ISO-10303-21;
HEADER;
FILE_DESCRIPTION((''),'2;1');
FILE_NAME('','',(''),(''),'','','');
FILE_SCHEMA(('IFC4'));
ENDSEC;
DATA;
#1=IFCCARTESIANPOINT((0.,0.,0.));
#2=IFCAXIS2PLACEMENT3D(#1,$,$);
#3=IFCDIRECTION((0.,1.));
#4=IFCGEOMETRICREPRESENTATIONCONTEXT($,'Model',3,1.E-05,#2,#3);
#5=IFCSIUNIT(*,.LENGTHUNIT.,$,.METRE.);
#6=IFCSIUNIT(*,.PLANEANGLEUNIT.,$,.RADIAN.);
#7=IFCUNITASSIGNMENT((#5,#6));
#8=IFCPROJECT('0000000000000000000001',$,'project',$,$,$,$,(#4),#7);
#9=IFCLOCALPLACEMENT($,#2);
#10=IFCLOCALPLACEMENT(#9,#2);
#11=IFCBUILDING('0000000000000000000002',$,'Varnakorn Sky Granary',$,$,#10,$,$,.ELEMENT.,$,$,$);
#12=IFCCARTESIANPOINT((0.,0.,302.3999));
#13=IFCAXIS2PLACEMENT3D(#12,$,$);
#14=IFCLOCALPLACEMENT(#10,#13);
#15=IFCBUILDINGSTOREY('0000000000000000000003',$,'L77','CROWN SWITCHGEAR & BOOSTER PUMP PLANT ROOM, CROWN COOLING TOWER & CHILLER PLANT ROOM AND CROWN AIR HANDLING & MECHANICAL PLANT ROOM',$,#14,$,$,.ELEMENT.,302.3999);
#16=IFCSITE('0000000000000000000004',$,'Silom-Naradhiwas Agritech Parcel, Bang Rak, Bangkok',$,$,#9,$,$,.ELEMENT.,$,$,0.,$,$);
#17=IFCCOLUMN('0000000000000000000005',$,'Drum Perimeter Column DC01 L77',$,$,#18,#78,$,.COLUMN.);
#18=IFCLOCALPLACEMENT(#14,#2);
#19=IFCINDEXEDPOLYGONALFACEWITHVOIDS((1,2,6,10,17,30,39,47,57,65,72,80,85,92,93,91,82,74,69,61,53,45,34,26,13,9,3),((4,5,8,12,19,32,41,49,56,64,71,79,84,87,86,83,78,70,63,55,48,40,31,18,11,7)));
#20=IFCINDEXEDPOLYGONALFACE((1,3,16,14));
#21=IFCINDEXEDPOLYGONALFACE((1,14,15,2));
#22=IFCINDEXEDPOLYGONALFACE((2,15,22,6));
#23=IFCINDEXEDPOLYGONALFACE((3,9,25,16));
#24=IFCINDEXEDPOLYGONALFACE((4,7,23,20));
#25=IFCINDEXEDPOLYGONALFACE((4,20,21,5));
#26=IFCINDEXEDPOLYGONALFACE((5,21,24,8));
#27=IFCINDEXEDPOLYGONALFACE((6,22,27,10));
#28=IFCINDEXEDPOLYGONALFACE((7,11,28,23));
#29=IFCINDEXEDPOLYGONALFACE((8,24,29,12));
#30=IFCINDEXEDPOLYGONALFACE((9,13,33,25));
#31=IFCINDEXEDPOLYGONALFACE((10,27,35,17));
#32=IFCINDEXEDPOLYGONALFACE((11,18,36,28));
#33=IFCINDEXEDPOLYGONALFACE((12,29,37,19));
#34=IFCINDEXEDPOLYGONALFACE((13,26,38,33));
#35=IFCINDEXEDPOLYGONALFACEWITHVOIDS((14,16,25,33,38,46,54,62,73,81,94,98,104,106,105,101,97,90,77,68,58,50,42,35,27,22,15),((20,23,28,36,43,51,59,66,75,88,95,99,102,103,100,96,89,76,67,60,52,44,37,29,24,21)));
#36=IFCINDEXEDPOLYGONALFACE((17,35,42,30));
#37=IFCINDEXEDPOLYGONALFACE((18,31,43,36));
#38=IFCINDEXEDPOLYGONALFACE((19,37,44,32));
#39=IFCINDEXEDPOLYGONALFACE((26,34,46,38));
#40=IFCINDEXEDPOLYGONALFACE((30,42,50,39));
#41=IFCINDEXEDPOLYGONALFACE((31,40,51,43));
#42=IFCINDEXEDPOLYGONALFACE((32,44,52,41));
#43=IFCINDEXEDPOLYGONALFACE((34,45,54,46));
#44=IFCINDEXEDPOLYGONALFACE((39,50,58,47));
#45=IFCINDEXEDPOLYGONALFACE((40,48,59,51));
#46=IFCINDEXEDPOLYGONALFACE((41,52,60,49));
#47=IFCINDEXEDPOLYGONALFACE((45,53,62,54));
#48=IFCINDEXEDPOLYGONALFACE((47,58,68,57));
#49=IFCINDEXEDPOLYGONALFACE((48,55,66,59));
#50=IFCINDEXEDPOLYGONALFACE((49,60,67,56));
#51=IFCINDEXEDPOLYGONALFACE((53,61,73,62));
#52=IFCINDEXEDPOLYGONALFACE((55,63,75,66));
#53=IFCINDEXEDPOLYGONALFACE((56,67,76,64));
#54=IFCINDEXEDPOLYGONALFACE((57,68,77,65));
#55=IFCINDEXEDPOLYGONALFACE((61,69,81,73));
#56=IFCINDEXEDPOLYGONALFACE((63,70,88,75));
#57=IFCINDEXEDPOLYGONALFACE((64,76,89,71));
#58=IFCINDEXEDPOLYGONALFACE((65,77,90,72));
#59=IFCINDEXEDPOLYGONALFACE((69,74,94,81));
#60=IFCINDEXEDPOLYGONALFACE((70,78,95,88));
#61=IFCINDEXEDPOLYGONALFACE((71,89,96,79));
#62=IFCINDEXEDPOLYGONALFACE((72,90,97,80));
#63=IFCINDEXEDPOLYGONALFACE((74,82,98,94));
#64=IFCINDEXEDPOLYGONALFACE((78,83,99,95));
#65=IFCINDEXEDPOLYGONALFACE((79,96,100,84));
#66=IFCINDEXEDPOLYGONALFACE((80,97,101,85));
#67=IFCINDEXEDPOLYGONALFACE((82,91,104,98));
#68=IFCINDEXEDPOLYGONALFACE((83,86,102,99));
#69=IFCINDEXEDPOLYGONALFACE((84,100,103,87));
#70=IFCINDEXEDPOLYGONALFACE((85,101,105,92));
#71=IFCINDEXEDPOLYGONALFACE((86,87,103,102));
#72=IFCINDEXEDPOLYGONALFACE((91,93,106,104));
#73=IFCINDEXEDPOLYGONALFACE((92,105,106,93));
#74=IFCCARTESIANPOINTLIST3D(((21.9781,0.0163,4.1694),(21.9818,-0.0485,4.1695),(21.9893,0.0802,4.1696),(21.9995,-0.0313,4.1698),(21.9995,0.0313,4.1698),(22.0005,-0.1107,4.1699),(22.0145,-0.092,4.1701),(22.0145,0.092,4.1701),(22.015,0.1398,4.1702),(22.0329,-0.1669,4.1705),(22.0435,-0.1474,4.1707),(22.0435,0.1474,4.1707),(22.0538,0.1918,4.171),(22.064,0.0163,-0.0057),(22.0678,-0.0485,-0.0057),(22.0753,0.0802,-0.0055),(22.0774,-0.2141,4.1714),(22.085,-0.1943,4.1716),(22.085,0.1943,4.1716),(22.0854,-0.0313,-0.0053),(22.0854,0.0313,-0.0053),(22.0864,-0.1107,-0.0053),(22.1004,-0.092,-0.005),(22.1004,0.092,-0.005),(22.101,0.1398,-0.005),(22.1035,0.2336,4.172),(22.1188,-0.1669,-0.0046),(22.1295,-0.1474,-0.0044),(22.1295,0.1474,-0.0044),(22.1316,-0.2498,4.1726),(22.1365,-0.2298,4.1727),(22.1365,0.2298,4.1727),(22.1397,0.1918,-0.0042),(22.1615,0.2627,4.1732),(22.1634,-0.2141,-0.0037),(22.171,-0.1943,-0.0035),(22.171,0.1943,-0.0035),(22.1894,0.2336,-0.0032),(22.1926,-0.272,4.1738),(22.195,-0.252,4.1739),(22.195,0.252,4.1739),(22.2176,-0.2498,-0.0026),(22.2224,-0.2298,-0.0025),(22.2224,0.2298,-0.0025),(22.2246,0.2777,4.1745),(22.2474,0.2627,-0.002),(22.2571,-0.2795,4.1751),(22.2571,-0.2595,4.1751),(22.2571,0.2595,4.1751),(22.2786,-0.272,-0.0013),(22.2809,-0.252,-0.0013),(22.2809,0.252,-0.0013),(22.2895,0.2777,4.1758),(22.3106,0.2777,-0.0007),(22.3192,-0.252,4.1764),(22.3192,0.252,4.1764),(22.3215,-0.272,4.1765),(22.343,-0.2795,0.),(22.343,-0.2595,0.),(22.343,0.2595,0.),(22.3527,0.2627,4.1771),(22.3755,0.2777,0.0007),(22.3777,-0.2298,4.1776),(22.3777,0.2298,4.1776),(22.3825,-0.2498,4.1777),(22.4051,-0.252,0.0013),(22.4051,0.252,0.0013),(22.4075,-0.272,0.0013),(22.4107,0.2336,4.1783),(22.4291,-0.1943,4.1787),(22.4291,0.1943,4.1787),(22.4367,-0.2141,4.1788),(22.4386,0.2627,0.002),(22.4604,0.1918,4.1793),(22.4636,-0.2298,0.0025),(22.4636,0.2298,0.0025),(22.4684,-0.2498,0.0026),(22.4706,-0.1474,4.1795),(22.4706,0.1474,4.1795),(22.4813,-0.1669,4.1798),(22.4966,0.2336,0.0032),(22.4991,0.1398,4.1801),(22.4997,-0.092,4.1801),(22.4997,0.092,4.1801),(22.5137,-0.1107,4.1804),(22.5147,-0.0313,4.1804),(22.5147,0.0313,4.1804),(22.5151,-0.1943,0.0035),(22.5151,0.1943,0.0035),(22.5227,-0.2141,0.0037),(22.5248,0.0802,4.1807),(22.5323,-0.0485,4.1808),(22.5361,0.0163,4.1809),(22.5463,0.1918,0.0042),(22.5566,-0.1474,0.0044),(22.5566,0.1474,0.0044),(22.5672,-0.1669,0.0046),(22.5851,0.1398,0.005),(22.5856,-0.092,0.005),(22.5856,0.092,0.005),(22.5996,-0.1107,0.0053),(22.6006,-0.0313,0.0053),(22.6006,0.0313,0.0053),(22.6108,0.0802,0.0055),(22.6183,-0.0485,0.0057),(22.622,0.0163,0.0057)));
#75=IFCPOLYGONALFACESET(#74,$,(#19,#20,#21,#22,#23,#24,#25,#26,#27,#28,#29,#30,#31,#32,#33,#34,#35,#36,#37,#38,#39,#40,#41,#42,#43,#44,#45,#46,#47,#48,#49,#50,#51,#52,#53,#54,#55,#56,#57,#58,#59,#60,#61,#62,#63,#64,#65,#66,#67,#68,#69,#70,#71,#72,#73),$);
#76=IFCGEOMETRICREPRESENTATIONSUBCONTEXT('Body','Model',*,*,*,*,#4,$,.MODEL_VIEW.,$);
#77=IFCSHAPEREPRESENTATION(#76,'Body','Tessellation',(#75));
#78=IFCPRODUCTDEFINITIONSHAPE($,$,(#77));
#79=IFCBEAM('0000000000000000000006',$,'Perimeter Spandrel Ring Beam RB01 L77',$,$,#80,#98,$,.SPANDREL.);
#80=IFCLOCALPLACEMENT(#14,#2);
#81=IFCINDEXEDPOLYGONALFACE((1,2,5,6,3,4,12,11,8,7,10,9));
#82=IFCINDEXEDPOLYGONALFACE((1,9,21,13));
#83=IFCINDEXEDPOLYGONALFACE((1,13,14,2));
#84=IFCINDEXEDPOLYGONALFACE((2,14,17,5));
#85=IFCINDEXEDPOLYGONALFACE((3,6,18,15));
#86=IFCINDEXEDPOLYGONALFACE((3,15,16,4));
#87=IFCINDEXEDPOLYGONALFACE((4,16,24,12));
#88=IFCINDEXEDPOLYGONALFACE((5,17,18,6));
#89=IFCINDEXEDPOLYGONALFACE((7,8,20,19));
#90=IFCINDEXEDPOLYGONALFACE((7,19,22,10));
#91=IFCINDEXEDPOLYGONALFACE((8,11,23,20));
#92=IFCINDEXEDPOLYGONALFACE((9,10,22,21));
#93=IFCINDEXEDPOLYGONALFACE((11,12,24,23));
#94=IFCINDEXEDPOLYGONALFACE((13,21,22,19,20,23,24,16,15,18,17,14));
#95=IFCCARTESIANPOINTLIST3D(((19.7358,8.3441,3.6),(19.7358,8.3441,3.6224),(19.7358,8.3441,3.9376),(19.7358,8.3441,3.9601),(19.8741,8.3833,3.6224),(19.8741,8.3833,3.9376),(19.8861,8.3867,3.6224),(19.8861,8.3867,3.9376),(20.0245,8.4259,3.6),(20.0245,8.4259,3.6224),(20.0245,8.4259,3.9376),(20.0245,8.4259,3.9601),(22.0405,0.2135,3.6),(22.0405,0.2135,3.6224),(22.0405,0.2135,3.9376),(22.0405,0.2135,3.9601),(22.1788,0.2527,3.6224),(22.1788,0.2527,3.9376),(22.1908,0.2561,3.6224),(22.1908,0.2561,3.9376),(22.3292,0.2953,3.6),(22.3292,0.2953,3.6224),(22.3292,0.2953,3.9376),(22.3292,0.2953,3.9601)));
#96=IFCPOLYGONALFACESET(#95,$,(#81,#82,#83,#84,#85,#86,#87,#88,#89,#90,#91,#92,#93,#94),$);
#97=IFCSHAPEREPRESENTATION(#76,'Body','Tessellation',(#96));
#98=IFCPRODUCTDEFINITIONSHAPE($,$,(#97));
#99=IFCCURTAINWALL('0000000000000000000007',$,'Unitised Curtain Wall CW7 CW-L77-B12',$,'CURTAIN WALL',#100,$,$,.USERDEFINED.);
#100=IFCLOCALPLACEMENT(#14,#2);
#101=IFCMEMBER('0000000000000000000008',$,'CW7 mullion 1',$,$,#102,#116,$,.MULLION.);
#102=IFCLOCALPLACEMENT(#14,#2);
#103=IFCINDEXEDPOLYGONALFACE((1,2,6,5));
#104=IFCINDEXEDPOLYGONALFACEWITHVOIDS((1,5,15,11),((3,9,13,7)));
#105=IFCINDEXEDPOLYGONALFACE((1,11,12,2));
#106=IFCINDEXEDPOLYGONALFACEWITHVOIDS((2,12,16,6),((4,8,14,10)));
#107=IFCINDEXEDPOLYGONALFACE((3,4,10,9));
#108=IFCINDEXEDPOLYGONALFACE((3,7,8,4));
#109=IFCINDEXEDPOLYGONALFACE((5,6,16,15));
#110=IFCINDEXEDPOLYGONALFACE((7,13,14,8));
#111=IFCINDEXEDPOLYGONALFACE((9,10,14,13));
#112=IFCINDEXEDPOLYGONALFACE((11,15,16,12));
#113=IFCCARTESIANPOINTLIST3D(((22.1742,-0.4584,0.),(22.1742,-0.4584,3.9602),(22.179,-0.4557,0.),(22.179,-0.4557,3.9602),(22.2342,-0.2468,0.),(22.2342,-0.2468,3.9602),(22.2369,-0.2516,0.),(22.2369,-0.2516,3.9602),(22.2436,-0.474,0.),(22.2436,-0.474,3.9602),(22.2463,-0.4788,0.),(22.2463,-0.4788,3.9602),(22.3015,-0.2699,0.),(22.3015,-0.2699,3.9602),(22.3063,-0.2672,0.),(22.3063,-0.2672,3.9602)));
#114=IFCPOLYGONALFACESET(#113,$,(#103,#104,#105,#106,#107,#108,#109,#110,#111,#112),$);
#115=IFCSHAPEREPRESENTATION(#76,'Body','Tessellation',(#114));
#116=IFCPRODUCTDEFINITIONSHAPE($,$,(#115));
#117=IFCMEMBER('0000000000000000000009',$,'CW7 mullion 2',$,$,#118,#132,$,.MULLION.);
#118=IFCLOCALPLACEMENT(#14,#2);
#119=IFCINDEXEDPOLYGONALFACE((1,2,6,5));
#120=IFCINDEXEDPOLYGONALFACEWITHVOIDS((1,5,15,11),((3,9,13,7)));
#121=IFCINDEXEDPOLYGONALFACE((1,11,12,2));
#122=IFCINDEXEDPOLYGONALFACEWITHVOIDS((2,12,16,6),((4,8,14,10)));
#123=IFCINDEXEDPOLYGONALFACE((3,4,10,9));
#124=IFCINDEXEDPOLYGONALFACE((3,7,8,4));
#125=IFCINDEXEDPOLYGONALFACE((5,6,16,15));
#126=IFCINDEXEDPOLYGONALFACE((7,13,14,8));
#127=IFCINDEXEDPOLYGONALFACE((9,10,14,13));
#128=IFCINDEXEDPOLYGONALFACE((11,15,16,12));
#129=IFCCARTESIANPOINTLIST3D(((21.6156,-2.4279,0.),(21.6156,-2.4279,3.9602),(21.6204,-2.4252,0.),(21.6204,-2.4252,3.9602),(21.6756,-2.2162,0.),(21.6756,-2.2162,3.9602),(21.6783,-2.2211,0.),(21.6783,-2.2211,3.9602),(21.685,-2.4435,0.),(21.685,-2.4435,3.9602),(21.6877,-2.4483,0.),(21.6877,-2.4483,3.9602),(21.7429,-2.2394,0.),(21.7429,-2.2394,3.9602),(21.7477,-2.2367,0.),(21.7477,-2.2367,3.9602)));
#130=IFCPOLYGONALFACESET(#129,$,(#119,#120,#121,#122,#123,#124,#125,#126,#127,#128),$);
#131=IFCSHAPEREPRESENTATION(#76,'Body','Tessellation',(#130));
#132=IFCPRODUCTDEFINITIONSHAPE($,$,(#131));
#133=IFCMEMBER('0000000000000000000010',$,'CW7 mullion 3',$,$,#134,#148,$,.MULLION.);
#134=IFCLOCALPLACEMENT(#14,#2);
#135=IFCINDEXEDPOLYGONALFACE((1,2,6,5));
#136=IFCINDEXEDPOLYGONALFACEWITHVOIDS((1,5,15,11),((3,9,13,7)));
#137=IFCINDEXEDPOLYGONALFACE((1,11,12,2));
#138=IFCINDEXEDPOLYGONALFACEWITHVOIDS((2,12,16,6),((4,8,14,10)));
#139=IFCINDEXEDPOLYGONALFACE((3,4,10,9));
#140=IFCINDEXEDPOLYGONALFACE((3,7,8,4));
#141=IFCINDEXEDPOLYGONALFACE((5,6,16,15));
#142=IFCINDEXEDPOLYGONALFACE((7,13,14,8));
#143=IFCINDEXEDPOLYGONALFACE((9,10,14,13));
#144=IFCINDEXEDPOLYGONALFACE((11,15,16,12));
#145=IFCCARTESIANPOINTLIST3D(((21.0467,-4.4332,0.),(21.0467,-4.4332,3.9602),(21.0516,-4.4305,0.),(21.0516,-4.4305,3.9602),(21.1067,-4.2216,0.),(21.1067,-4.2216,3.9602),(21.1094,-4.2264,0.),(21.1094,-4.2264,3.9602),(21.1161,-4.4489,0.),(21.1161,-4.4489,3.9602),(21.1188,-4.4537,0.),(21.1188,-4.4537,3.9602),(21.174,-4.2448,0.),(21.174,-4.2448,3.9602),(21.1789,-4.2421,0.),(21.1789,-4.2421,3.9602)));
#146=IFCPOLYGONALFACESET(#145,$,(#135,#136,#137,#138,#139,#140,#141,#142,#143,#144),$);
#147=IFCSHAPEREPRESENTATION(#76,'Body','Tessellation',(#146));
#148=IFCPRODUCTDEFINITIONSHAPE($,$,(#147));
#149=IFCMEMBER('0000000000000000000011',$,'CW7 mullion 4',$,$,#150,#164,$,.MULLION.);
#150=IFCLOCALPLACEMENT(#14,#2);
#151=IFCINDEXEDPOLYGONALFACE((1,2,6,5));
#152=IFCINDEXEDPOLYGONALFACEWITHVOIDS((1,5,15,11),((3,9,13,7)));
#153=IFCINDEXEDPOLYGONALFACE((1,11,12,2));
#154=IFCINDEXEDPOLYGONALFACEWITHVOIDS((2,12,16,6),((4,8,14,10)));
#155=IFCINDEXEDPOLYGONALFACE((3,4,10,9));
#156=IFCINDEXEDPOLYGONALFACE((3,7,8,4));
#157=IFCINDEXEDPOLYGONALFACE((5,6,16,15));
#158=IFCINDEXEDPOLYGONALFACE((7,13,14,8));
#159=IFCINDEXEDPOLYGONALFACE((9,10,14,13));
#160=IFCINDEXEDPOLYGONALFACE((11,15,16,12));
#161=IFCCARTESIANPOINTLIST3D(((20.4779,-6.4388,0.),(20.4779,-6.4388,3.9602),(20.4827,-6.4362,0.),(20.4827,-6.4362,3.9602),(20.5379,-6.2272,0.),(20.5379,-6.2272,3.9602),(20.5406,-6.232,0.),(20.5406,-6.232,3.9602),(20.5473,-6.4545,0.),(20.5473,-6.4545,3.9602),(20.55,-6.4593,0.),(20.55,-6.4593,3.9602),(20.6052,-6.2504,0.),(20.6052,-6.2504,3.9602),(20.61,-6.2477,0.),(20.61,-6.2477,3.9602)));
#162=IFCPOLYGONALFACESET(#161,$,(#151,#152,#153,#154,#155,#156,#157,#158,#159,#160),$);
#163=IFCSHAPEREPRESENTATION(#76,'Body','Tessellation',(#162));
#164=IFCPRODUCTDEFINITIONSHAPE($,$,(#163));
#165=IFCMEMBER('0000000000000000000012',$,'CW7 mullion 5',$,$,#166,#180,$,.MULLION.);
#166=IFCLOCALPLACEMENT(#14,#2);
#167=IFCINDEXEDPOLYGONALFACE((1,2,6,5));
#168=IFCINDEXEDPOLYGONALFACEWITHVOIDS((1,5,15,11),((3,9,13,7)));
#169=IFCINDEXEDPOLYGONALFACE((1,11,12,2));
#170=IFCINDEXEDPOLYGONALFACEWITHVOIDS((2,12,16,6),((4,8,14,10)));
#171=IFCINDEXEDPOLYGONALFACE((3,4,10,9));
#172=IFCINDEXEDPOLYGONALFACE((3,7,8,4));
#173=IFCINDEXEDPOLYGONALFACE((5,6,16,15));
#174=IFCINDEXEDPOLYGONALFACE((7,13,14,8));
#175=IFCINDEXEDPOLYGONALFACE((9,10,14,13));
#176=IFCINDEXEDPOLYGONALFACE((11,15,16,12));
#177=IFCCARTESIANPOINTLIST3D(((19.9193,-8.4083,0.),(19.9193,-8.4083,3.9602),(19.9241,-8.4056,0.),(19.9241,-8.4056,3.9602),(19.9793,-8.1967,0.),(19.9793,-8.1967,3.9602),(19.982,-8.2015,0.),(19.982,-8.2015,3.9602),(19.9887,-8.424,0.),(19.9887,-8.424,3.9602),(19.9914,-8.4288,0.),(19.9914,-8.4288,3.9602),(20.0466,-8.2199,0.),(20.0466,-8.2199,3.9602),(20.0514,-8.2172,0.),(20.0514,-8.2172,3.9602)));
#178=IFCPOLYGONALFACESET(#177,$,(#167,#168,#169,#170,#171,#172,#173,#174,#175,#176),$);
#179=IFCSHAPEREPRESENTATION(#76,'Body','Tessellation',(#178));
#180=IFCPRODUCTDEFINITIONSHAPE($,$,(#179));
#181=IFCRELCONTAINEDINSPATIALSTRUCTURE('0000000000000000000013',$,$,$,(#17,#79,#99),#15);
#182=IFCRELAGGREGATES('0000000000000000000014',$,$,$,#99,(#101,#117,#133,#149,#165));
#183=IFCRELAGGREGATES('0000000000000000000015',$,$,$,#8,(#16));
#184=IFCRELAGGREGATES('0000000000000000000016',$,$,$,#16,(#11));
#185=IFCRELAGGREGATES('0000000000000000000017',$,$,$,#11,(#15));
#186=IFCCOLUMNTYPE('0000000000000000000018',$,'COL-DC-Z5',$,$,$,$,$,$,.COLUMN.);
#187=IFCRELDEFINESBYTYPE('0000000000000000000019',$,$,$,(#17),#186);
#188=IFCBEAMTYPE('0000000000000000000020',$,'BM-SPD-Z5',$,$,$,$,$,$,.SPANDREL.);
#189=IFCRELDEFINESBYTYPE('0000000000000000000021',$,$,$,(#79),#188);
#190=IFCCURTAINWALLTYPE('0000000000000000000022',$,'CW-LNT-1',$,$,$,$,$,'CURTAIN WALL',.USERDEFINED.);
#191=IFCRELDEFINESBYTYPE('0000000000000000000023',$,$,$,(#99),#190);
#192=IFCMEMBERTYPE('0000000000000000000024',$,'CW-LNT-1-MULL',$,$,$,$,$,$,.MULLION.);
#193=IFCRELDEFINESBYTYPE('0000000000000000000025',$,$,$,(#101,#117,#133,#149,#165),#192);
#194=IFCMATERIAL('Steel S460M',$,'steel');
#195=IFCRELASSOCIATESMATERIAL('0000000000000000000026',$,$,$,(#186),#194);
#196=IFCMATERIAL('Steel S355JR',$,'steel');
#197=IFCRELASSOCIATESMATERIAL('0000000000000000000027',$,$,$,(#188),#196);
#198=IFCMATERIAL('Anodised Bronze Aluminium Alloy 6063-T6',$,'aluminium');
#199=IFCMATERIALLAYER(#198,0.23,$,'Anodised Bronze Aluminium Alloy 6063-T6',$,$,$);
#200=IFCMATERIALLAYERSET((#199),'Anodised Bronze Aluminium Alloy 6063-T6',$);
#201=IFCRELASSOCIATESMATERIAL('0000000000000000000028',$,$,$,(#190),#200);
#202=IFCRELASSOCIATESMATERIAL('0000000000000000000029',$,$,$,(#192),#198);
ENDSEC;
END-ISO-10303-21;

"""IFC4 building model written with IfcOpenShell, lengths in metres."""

from ifc_helpers import new_model, si_unit, direction, frame, origin, origin_2d, place, context, subcontext, project, spatial, hollow_rectangle, hollow_circle, i_section, extrude, material, layer, layer_set, material_profile, profile_set, type_object, element, aggregate, save


model = new_model("IFC4")

# Units and contexts
model_context = context("Model", 3, precision=1e-05, world=origin(), true_north=direction((0.0, 1.0)))
body_context = subcontext(model_context, "Body", "Model", "MODEL_VIEW")
ifc_project = project(units=[si_unit("LENGTHUNIT", "METRE"), si_unit("PLANEANGLEUNIT", "RADIAN")], contexts=[model_context])

# Site, building, storey
site_placement = place(None, origin())
site = spatial("IfcSite", under=ifc_project, at=site_placement, Name="Silom-Naradhiwas Agritech Parcel, Bang Rak, Bangkok", CompositionType="ELEMENT", RefElevation=0.0)
building_placement = place(site_placement, origin())
building = spatial("IfcBuilding", under=site, at=building_placement, Name="Varnakorn Sky Granary", CompositionType="ELEMENT")
storey_placement = place(building_placement, frame((0.0, 0.0, 302.3999)))
storey = spatial("IfcBuildingStorey", under=building, at=storey_placement, Name="L77", Description="CROWN SWITCHGEAR & BOOSTER PUMP PLANT ROOM, CROWN COOLING TOWER & CHILLER PLANT ROOM AND CROWN AIR HANDLING & MECHANICAL PLANT ROOM", CompositionType="ELEMENT", Elevation=302.3999)

# Column
ifc_material_1 = material(Name="Steel S460M", Category="steel")
ifc_material_profile_1 = material_profile(ifc_material_1, hollow_circle(Radius=0.2795, WallThickness=0.02, at=origin_2d()), Name="CHS 559x20")
ifc_profile_set_1 = profile_set([ifc_material_profile_1], Name="Steel S460M")
column_type = type_object("IfcColumnType", Name="COL-DC-Z5", PredefinedType="COLUMN", material=ifc_profile_set_1)
column_placement = place(storey_placement, frame((22.343, 0.0, 0.0), z_axis=(-0.020579, 0.0, 0.999788), x_axis=(0.0, -1.0, 0.0)))
element("IfcColumn", 1, at=column_placement, inside=storey, type_object=column_type, Name="Drum Perimeter Column DC01 L77", PredefinedType="COLUMN", context=body_context, shape_type="SweptSolid", body=[
    extrude(hollow_circle(Radius=0.2795, WallThickness=0.02, at=origin_2d()), origin(), (0.0, 0.0, 1.0), 4.176),
])

# Beam
ifc_material_2 = material(Name="Steel S355JR", Category="steel")
ifc_material_profile_2 = material_profile(ifc_material_2, i_section(OverallWidth=0.3, OverallDepth=0.3601, WebThickness=0.0125, FlangeThickness=0.0225, at=origin_2d()), Name="HE 360 B")
ifc_profile_set_2 = profile_set([ifc_material_profile_2], Name="Steel S355JR")
beam_type = type_object("IfcBeamType", Name="BM-SPD-Z5", PredefinedType="SPANDREL", material=ifc_profile_set_2)
beam_placement = place(storey_placement, frame((22.1848, 0.2544, 3.78), z_axis=(-0.272714, 0.962095, 0.0), x_axis=(-0.962095, -0.272714, 0.0)))
element("IfcBeam", 2, at=beam_placement, inside=storey, type_object=beam_type, Name="Perimeter Spandrel Ring Beam RB01 L77", PredefinedType="SPANDREL", context=body_context, shape_type="SweptSolid", body=[
    extrude(i_section(OverallWidth=0.3, OverallDepth=0.3601, WebThickness=0.0125, FlangeThickness=0.0225, at=origin_2d()), origin(), (0.0, 0.0, 1.0), 8.4509),
])

# Curtain wall, members
ifc_material_3 = material(Name="Anodised Bronze Aluminium Alloy 6063-T6", Category="aluminium")
ifc_layer_1 = layer(ifc_material_3, 0.23, Name="Anodised Bronze Aluminium Alloy 6063-T6")
ifc_layer_set_1 = layer_set([ifc_layer_1], Name="Anodised Bronze Aluminium Alloy 6063-T6")
curtain_wall_type = type_object("IfcCurtainWallType", Name="CW-LNT-1", ElementType="CURTAIN WALL", PredefinedType="USERDEFINED", material=ifc_layer_set_1)
curtain_wall_placement = place(storey_placement, origin())
curtain_wall = element("IfcCurtainWall", 3, at=curtain_wall_placement, inside=storey, type_object=curtain_wall_type, Name="Unitised Curtain Wall CW7 CW-L77-B12", ObjectType="CURTAIN WALL", PredefinedType="USERDEFINED")
ifc_material_profile_3 = material_profile(ifc_material_3, hollow_rectangle(XDim=0.075, YDim=0.22, WallThickness=0.0039, at=origin_2d()), Name="ALU MULL 75x220")
ifc_profile_set_3 = profile_set([ifc_material_profile_3], Name="Anodised Bronze Aluminium Alloy 6063-T6")
member_type_1 = type_object("IfcMemberType", Name="CW-LNT-1-MULL", PredefinedType="MULLION", material=ifc_profile_set_3)
member_1_placement = place(storey_placement, frame((22.2402, -0.3628, 0.0), z_axis=(0.0, 0.0, 1.0), x_axis=(0.962054, -0.27286, 0.0)))
member_1 = element("IfcMember", 4, at=member_1_placement, type_object=member_type_1, Name="CW7 mullion 1", PredefinedType="MULLION", context=body_context, shape_type="SweptSolid", body=[
    extrude(hollow_rectangle(XDim=0.075, YDim=0.22, WallThickness=0.0039, at=origin_2d()), origin(), (0.0, 0.0, 1.0), 3.9602),
])
member_2_placement = place(storey_placement, frame((21.6816, -2.3323, 0.0), z_axis=(0.0, 0.0, 1.0), x_axis=(0.962054, -0.27286, 0.0)))
member_2 = element("IfcMember", 5, at=member_2_placement, type_object=member_type_1, Name="CW7 mullion 2", PredefinedType="MULLION", context=body_context, shape_type="SweptSolid", body=[
    extrude(hollow_rectangle(XDim=0.075, YDim=0.22, WallThickness=0.0039, at=origin_2d()), origin(), (0.0, 0.0, 1.0), 3.9602),
])
member_3_placement = place(storey_placement, frame((21.1128, -4.3376, 0.0), z_axis=(0.0, 0.0, 1.0), x_axis=(0.962054, -0.27286, 0.0)))
member_3 = element("IfcMember", 6, at=member_3_placement, type_object=member_type_1, Name="CW7 mullion 3", PredefinedType="MULLION", context=body_context, shape_type="SweptSolid", body=[
    extrude(hollow_rectangle(XDim=0.075, YDim=0.22, WallThickness=0.0039, at=origin_2d()), origin(), (0.0, 0.0, 1.0), 3.9602),
])
member_4_placement = place(storey_placement, frame((20.5439, -6.3433, 0.0), z_axis=(0.0, 0.0, 1.0), x_axis=(0.962054, -0.27286, 0.0)))
member_4 = element("IfcMember", 7, at=member_4_placement, type_object=member_type_1, Name="CW7 mullion 4", PredefinedType="MULLION", context=body_context, shape_type="SweptSolid", body=[
    extrude(hollow_rectangle(XDim=0.075, YDim=0.22, WallThickness=0.0039, at=origin_2d()), origin(), (0.0, 0.0, 1.0), 3.9602),
])
member_5_placement = place(storey_placement, frame((19.9854, -8.3127, 0.0), z_axis=(0.0, 0.0, 1.0), x_axis=(0.962054, -0.27286, 0.0)))
member_5 = element("IfcMember", 8, at=member_5_placement, type_object=member_type_1, Name="CW7 mullion 5", PredefinedType="MULLION", context=body_context, shape_type="SweptSolid", body=[
    extrude(hollow_rectangle(XDim=0.075, YDim=0.22, WallThickness=0.0039, at=origin_2d()), origin(), (0.0, 0.0, 1.0), 3.9602),
])

aggregate(curtain_wall, [member_1, member_2, member_3, member_4, member_5])

save(model, "model.ifc")
